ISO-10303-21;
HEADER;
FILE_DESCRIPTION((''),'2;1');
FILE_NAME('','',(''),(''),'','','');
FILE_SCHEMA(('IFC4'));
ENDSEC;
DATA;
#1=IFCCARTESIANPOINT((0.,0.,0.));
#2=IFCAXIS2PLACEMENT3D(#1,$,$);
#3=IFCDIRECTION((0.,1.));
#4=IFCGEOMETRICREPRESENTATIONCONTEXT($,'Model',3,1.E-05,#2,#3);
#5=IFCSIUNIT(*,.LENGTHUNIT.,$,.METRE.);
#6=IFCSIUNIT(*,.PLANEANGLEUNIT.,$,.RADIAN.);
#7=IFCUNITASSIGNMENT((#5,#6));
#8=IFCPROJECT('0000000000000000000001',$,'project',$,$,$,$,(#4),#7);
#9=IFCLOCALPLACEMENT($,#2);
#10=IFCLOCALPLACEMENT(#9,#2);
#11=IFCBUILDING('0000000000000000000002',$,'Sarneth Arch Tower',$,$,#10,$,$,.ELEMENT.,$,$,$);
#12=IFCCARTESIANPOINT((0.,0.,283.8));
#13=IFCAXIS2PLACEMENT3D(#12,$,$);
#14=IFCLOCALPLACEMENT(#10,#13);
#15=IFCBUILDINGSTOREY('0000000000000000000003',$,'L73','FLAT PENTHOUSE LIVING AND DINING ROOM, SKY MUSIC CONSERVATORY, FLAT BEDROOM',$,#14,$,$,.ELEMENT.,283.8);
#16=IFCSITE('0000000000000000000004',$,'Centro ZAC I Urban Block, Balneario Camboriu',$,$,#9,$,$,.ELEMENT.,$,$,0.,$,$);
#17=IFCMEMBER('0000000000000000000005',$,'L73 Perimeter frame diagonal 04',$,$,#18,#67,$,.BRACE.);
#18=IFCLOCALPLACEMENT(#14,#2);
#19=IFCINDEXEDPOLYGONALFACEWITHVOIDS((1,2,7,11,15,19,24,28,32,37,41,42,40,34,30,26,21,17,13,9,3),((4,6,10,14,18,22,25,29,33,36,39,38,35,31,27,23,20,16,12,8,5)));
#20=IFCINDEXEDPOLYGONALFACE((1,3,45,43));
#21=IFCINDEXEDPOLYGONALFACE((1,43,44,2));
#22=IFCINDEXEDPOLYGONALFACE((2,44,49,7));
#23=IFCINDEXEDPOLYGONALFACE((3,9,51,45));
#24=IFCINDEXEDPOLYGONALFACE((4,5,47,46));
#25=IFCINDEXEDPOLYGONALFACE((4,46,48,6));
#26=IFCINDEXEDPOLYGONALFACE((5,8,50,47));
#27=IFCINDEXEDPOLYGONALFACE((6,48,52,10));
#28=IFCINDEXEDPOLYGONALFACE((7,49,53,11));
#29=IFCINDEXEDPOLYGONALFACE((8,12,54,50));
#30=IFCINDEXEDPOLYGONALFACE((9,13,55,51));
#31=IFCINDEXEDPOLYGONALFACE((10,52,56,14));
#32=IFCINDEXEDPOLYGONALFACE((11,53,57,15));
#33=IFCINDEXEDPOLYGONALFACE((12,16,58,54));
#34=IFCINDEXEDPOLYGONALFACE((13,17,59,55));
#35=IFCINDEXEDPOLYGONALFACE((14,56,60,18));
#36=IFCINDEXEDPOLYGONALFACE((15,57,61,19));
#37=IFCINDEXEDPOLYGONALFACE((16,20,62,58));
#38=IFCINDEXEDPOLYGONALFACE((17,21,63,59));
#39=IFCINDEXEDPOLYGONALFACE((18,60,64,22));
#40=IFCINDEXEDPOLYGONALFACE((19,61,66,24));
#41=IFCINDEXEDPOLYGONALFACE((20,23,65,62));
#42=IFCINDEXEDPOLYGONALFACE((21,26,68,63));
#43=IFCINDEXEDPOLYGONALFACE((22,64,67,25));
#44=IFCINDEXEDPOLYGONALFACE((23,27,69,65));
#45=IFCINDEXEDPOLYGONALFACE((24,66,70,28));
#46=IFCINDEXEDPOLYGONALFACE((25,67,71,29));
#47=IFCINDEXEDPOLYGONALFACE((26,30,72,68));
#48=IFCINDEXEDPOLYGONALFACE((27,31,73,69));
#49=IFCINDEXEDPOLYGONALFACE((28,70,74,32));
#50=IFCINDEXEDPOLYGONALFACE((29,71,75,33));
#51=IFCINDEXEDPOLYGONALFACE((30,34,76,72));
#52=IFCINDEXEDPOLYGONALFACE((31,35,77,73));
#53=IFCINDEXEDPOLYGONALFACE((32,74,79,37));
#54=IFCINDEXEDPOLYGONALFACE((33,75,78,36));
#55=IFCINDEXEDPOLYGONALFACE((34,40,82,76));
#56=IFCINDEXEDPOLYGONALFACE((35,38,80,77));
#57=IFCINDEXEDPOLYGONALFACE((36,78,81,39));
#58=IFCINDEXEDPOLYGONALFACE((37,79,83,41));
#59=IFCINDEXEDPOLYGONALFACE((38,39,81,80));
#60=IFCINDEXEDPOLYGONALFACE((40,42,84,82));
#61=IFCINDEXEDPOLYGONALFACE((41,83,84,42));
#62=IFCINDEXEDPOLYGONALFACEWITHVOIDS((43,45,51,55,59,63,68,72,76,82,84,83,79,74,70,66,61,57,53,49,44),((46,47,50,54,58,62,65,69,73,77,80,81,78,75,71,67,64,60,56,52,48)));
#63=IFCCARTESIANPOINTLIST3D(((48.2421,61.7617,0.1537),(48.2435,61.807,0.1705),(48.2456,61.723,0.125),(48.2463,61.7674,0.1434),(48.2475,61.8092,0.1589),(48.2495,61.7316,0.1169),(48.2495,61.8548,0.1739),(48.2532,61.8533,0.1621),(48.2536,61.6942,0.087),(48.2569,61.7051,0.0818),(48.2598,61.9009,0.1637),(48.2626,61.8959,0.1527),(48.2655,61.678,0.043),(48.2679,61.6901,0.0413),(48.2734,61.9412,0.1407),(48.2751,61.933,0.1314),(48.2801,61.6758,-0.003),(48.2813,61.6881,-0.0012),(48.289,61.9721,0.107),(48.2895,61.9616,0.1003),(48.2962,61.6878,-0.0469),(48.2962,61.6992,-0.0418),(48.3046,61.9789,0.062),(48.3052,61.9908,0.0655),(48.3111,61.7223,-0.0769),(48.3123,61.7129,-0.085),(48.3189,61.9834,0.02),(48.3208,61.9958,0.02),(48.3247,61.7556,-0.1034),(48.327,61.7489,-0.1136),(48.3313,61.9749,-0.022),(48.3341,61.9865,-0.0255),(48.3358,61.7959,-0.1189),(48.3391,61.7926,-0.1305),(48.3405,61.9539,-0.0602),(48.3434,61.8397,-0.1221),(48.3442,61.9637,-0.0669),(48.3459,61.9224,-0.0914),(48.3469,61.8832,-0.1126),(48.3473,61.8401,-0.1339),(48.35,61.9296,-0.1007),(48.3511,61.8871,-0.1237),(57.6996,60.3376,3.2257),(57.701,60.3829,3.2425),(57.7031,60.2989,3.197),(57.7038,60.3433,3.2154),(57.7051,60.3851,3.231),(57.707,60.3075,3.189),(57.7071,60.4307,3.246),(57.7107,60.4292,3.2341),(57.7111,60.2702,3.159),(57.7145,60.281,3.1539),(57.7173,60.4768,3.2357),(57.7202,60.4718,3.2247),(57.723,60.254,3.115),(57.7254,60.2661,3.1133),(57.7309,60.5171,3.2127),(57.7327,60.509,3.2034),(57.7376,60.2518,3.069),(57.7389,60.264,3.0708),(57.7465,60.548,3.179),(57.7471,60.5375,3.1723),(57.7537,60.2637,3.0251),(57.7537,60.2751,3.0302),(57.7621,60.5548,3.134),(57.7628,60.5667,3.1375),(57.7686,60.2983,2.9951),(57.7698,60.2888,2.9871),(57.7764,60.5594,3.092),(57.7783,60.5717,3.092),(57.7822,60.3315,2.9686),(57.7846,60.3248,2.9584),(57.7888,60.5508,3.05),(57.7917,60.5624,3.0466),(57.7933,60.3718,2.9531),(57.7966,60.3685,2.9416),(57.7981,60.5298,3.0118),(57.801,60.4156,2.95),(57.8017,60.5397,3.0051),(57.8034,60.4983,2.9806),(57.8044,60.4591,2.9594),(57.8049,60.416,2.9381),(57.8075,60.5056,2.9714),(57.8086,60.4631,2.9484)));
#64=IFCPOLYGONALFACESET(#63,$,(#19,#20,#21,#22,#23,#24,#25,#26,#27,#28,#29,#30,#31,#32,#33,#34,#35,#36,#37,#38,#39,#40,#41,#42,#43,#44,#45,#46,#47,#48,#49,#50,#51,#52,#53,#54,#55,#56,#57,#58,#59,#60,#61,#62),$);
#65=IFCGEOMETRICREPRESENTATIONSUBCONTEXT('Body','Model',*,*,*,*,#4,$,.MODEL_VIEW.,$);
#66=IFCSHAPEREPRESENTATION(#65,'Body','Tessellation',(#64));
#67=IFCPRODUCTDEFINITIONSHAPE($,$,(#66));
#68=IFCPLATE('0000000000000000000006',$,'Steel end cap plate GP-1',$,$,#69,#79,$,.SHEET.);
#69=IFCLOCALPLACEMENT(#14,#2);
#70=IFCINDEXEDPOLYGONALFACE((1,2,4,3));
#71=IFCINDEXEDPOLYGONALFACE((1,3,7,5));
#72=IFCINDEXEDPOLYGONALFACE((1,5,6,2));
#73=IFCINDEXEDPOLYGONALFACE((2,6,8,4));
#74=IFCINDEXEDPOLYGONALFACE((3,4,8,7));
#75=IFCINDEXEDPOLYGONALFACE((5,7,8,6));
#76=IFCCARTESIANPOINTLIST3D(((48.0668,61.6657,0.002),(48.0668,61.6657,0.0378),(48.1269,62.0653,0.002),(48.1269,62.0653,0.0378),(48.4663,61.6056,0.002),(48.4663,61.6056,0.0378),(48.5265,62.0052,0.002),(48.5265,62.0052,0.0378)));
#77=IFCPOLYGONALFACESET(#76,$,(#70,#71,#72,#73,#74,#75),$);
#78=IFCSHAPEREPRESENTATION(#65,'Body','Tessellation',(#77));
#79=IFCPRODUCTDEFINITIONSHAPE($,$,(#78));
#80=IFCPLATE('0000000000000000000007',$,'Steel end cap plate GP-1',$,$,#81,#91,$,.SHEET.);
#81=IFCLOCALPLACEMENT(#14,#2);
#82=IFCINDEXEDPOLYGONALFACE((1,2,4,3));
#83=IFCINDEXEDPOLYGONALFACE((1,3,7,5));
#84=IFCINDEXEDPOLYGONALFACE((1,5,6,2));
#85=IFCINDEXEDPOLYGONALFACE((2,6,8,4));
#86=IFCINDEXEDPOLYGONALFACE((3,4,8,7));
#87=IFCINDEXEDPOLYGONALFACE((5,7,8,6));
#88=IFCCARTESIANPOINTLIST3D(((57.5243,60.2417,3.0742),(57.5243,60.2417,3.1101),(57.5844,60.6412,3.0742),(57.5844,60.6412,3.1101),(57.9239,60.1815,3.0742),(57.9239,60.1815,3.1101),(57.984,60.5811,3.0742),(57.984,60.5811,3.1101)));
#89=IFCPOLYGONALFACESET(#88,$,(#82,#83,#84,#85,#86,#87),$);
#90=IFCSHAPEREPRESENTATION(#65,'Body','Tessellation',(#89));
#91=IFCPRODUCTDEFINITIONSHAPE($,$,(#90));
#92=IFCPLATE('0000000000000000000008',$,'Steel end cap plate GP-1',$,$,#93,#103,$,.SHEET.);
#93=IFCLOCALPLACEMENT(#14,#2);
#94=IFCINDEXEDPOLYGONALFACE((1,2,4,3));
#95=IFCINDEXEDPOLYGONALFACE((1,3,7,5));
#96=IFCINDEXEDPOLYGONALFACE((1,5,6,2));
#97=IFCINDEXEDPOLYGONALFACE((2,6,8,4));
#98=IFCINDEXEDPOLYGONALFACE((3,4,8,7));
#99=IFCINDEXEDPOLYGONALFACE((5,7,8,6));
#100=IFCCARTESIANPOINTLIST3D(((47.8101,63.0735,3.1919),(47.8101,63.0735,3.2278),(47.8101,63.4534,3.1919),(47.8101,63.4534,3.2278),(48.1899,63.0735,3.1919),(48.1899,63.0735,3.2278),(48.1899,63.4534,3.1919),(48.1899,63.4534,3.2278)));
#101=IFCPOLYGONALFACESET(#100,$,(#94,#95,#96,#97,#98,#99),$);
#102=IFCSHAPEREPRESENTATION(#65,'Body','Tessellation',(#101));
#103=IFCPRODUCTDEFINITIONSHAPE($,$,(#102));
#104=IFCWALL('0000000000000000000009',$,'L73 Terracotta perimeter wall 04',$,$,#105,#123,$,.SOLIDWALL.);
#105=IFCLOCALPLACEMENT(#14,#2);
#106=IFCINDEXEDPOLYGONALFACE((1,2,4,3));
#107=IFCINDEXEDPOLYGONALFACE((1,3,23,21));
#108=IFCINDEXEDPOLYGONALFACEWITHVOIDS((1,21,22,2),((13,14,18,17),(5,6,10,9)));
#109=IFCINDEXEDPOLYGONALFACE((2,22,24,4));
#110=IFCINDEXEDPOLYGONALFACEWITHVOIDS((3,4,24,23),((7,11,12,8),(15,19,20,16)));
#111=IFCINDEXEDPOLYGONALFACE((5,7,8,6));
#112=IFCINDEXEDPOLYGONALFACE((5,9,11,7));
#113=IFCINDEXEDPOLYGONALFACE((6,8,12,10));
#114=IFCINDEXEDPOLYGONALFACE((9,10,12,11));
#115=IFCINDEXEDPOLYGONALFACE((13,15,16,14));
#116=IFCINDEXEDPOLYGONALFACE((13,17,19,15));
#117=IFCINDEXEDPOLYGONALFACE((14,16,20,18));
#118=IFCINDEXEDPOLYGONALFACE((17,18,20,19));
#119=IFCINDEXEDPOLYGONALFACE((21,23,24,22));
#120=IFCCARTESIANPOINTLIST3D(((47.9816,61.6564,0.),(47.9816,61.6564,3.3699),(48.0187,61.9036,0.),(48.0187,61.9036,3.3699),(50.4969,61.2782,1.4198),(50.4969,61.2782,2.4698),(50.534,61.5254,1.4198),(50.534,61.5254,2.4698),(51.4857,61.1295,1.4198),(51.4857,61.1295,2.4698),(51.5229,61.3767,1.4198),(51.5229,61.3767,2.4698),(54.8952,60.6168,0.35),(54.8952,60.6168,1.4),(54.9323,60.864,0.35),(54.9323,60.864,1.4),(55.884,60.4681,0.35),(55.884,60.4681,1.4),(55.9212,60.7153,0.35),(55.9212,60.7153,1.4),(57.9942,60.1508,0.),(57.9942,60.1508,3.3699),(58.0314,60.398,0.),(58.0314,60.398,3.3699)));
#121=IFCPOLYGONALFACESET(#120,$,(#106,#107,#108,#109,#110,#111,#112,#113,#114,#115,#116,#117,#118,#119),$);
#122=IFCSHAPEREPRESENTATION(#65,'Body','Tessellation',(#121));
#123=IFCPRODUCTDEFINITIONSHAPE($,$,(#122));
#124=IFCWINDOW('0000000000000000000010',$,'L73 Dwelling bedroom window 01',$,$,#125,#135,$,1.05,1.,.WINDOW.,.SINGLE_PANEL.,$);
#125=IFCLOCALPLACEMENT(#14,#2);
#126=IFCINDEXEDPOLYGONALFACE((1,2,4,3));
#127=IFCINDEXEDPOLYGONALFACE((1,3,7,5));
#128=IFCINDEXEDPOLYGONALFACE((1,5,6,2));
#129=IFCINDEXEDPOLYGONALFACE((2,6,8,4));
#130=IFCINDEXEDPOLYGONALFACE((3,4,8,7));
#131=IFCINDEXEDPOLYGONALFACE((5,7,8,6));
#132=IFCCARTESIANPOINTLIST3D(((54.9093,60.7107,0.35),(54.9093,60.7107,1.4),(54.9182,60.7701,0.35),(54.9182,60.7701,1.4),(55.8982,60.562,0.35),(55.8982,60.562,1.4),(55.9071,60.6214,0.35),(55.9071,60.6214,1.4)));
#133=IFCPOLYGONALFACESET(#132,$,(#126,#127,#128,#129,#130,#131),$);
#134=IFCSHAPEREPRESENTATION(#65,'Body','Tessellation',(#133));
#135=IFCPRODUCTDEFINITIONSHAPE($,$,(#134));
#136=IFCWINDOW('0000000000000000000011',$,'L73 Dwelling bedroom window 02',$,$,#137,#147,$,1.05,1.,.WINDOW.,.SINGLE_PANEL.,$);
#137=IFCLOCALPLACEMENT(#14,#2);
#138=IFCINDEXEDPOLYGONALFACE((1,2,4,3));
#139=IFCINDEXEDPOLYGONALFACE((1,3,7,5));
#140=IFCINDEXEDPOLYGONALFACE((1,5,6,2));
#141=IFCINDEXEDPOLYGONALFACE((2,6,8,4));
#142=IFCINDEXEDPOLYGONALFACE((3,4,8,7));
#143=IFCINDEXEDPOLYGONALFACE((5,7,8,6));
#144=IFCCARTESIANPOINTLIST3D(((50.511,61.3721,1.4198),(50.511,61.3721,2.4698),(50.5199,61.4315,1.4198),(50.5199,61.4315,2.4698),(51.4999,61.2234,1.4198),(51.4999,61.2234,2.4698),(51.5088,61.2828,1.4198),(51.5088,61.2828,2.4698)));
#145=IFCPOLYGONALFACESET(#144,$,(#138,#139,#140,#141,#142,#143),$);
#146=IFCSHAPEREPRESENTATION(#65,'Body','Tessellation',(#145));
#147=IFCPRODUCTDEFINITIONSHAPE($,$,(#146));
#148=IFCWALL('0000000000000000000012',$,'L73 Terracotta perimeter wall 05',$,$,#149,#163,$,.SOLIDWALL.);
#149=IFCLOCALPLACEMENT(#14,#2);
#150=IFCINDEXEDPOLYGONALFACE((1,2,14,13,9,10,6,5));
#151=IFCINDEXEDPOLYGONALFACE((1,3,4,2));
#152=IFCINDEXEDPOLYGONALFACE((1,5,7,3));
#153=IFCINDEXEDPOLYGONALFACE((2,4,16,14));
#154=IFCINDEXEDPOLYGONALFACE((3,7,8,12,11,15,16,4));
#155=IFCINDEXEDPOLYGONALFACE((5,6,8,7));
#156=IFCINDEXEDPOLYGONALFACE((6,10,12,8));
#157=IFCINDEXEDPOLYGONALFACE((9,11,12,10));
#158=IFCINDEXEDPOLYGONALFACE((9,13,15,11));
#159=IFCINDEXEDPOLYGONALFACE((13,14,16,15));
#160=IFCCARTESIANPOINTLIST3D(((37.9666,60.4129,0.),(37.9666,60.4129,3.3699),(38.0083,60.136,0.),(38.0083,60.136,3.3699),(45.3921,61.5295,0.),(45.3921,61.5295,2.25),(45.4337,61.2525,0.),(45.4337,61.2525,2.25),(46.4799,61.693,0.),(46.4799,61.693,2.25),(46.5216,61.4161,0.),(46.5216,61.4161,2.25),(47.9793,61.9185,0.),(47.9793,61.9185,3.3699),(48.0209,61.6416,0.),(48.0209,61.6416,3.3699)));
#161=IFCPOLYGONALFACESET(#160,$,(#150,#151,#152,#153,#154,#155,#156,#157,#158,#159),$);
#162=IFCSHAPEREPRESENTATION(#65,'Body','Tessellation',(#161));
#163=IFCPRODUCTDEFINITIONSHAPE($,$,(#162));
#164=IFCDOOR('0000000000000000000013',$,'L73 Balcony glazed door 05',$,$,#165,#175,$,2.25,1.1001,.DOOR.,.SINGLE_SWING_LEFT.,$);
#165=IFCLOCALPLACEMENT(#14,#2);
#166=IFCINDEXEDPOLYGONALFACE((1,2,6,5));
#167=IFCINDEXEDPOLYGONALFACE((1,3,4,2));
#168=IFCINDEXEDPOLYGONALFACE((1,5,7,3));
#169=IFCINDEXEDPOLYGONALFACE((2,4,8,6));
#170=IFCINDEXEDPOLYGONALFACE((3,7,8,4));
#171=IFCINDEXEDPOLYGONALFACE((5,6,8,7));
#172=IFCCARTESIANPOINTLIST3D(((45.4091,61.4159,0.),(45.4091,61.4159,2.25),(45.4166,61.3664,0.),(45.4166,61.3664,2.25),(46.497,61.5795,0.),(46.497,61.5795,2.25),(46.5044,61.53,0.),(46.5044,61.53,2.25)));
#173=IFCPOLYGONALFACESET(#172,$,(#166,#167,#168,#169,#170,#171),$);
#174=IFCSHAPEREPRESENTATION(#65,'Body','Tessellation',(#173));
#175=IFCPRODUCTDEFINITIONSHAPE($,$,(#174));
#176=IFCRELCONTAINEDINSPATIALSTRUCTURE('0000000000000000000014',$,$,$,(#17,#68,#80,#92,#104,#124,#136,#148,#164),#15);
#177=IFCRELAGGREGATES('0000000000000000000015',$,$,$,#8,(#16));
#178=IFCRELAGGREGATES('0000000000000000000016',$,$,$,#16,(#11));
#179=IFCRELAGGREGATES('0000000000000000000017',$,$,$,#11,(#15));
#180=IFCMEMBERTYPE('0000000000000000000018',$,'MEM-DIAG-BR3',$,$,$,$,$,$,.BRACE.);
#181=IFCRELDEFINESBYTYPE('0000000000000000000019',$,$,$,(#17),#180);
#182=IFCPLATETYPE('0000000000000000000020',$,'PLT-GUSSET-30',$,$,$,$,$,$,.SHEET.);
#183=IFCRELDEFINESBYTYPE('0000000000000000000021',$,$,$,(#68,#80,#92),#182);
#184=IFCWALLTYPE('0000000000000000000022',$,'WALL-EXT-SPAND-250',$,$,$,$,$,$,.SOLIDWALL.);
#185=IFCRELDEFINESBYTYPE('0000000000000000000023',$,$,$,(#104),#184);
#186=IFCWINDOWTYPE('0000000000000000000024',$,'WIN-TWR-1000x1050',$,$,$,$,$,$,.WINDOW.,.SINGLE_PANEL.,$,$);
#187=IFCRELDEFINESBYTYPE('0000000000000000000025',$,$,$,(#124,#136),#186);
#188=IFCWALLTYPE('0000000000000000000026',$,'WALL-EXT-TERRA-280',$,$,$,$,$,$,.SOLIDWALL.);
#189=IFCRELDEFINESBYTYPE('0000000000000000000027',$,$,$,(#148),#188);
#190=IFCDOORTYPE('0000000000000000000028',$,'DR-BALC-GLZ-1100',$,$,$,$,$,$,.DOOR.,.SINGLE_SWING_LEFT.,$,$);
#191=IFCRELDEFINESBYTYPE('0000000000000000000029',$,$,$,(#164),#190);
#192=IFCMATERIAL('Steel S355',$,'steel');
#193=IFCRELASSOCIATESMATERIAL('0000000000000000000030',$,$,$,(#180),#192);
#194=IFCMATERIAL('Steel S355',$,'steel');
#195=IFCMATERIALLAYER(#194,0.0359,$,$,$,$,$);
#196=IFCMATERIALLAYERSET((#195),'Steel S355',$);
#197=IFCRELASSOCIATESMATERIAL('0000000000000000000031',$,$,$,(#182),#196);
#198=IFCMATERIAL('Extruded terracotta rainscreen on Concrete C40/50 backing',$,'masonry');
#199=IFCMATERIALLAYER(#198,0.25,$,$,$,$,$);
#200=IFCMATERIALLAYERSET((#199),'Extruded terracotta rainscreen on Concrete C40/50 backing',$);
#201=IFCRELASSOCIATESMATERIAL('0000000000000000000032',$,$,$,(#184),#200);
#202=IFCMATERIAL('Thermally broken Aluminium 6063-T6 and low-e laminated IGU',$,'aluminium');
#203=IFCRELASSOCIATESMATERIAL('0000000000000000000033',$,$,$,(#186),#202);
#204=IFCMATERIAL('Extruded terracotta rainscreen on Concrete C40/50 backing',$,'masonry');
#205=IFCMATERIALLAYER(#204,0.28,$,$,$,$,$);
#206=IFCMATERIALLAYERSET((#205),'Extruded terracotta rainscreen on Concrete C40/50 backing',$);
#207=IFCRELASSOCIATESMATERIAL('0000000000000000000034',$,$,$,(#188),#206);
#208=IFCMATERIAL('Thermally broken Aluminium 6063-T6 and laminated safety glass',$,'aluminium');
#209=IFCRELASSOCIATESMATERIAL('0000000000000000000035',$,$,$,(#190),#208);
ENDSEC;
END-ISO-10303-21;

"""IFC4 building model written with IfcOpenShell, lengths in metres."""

from ifc_helpers import new_model, si_unit, direction, frame, frame_2d, origin, origin_2d, place, context, subcontext, project, spatial, rectangle, hollow_circle, extrude, material, layer, layer_set, material_profile, profile_set, type_object, element, fill, save


model = new_model("IFC4")

# Units and contexts
model_context = context("Model", 3, precision=1e-05, world=origin(), true_north=direction((0.0, 1.0)))
body_context = subcontext(model_context, "Body", "Model", "MODEL_VIEW")
ifc_project = project(units=[si_unit("LENGTHUNIT", "METRE"), si_unit("PLANEANGLEUNIT", "RADIAN")], contexts=[model_context])

# Site, building, storey
site_placement = place(None, origin())
site = spatial("IfcSite", under=ifc_project, at=site_placement, Name="Centro ZAC I Urban Block, Balneario Camboriu", CompositionType="ELEMENT", RefElevation=0.0)
building_placement = place(site_placement, origin())
building = spatial("IfcBuilding", under=site, at=building_placement, Name="Sarneth Arch Tower", CompositionType="ELEMENT")
storey_placement = place(building_placement, frame((0.0, 0.0, 283.8)))
storey = spatial("IfcBuildingStorey", under=building, at=storey_placement, Name="L73", Description="FLAT PENTHOUSE LIVING AND DINING ROOM, SKY MUSIC CONSERVATORY, FLAT BEDROOM", CompositionType="ELEMENT", Elevation=283.8)

# Member
ifc_material_1 = material(Name="Steel S355", Category="steel")
ifc_material_profile_1 = material_profile(ifc_material_1, hollow_circle(Radius=0.1621, WallThickness=0.0125, at=origin_2d()), Name="CHS324x12.5")
ifc_profile_set_1 = profile_set([ifc_material_profile_1], Name="Steel S355")
member_type_1 = type_object("IfcMemberType", Name="MEM-DIAG-BR3", PredefinedType="BRACE", material=ifc_profile_set_1)
member_1_placement = place(storey_placement, frame((48.2966, 61.8354, 0.02), z_axis=(0.941478, -0.141764, 0.305814), x_axis=(0.148897, 0.988853, 0.0)))
element("IfcMember", 1, at=member_1_placement, inside=storey, type_object=member_type_1, Name="L73 Perimeter frame diagonal 04", PredefinedType="BRACE", context=body_context, shape_type="SweptSolid", body=[
    extrude(hollow_circle(Radius=0.1621, WallThickness=0.0125, at=origin_2d()), origin(), (0.0, 0.0, 1.0), 10.0454),
])

# Plates
ifc_material_2 = material(Name="Steel S355", Category="steel")
ifc_layer_1 = layer(ifc_material_2, 0.0359)
ifc_layer_set_1 = layer_set([ifc_layer_1], Name="Steel S355")
plate_type = type_object("IfcPlateType", Name="PLT-GUSSET-30", PredefinedType="SHEET", material=ifc_layer_set_1)
for number, where, z_axis, x_axis, name in (
    (2, (48.2966, 61.8354, 0.002), (0.0, 0.0, 1.0), (-0.988861, 0.148845, 0.0), "Steel end cap plate GP-1"),
    (3, (57.7542, 60.4114, 3.0742), (0.0, 0.0, 1.0), (-0.988861, 0.148845, 0.0), "Steel end cap plate GP-1"),
):
    element("IfcPlate", number, at=place(storey_placement, frame(where, z_axis=z_axis, x_axis=x_axis)), inside=storey, type_object=plate_type, Name=name, PredefinedType="SHEET", context=body_context, shape_type="SweptSolid", body=[
        extrude(rectangle(XDim=0.4041, YDim=0.4041, at=origin_2d()), origin(), (0.0, 0.0, 1.0), 0.0359),
    ])
plate_placement = place(storey_placement, frame((48.0, 63.2634, 3.1919), z_axis=(0.0, 0.0, 1.0), x_axis=(0.0, 1.0, 0.0)))
element("IfcPlate", 4, at=plate_placement, inside=storey, type_object=plate_type, Name="Steel end cap plate GP-1", PredefinedType="SHEET", context=body_context, shape_type="SweptSolid", body=[
    extrude(rectangle(XDim=0.3799, YDim=0.3799, at=origin_2d()), origin(), (0.0, 0.0, 1.0), 0.0359),
])

# Wall, openings, windows
ifc_material_3 = material(Name="Extruded terracotta rainscreen on Concrete C40/50 backing", Category="masonry")
ifc_layer_2 = layer(ifc_material_3, 0.25)
ifc_layer_set_2 = layer_set([ifc_layer_2], Name="Extruded terracotta rainscreen on Concrete C40/50 backing")
wall_type_1 = type_object("IfcWallType", Name="WALL-EXT-SPAND-250", PredefinedType="SOLIDWALL", material=ifc_layer_set_2)
wall_1_placement = place(storey_placement, frame((58.0127, 60.2744, 0.0), z_axis=(0.0, 0.0, 1.0), x_axis=(-0.988883, 0.148699, 0.0)))
wall_1 = element("IfcWall", 5, at=wall_1_placement, inside=storey, type_object=wall_type_1, Name="L73 Terracotta perimeter wall 04", PredefinedType="SOLIDWALL", context=body_context, shape_type="SweptSolid", body=[
    extrude(rectangle(XDim=10.1252, YDim=0.25, at=frame_2d((5.0625, 0.0))), origin(), (0.0, 0.0, 1.0), 3.3699),
])
opening_1_placement = place(wall_1_placement, frame((2.1338, 0.0, 0.3501)))
opening_1 = element("IfcOpeningElement", 6, at=opening_1_placement, cuts=wall_1, PredefinedType="OPENING", context=body_context, shape_type="SweptSolid", body=[
    extrude(rectangle(XDim=1.0, YDim=1.05, at=frame_2d((0.5, 0.5249))), frame((0.0, 0.135, 0.0), z_axis=(0.0, -1.0, 0.0), x_axis=(1.0, 0.0, 0.0)), (0.0, 0.0, 1.0), 0.27),
])
opening_2_placement = place(wall_1_placement, frame((6.5815, 0.0, 1.4199)))
opening_2 = element("IfcOpeningElement", 7, at=opening_2_placement, cuts=wall_1, PredefinedType="OPENING", context=body_context, shape_type="SweptSolid", body=[
    extrude(rectangle(XDim=1.0, YDim=1.05, at=frame_2d((0.5, 0.5249))), frame((0.0, 0.135, 0.0), z_axis=(0.0, -1.0, 0.0), x_axis=(1.0, 0.0, 0.0)), (0.0, 0.0, 1.0), 0.27),
])
ifc_material_4 = material(Name="Thermally broken Aluminium 6063-T6 and low-e laminated IGU", Category="aluminium")
window_type = type_object("IfcWindowType", Name="WIN-TWR-1000x1050", PartitioningType="SINGLE_PANEL", PredefinedType="WINDOW", material=ifc_material_4)
window_1_placement = place(opening_1_placement, origin())
window_1 = element("IfcWindow", 8, at=window_1_placement, inside=storey, type_object=window_type, Name="L73 Dwelling bedroom window 01", OverallHeight=1.05, OverallWidth=1.0, PartitioningType="SINGLE_PANEL", PredefinedType="WINDOW", context=body_context, shape_type="SweptSolid", body=[
    extrude(rectangle(XDim=1.0, YDim=1.05, at=frame_2d((0.5, 0.5249))), frame((0.0, 0.03, 0.0), z_axis=(0.0, -1.0, 0.0), x_axis=(1.0, 0.0, 0.0)), (0.0, 0.0, 1.0), 0.0601),
])
fill(opening_1, window_1)
window_2_placement = place(opening_2_placement, origin())
window_2 = element("IfcWindow", 9, at=window_2_placement, inside=storey, type_object=window_type, Name="L73 Dwelling bedroom window 02", OverallHeight=1.05, OverallWidth=1.0, PartitioningType="SINGLE_PANEL", PredefinedType="WINDOW", context=body_context, shape_type="SweptSolid", body=[
    extrude(rectangle(XDim=1.0, YDim=1.05, at=frame_2d((0.5, 0.5249))), frame((0.0, 0.03, 0.0), z_axis=(0.0, -1.0, 0.0), x_axis=(1.0, 0.0, 0.0)), (0.0, 0.0, 1.0), 0.0601),
])
fill(opening_2, window_2)

# Wall, opening, door
ifc_material_5 = material(Name="Extruded terracotta rainscreen on Concrete C40/50 backing", Category="masonry")
ifc_layer_3 = layer(ifc_material_5, 0.28)
ifc_layer_set_3 = layer_set([ifc_layer_3], Name="Extruded terracotta rainscreen on Concrete C40/50 backing")
wall_type_2 = type_object("IfcWallType", Name="WALL-EXT-TERRA-280", PredefinedType="SOLIDWALL", material=ifc_layer_set_3)
wall_2_placement = place(storey_placement, frame((48.0, 61.78, 0.0), z_axis=(0.0, 0.0, 1.0), x_axis=(-0.988883, -0.148699, 0.0)))
wall_2 = element("IfcWall", 10, at=wall_2_placement, inside=storey, type_object=wall_type_2, Name="L73 Terracotta perimeter wall 05", PredefinedType="SOLIDWALL", context=body_context, shape_type="SweptSolid", body=[
    extrude(rectangle(XDim=10.1252, YDim=0.28, at=frame_2d((5.0625, 0.0))), origin(), (0.0, 0.0, 1.0), 3.3699),
])
opening_3_placement = place(wall_2_placement, frame((1.5161, 0.0, 0.0)))
opening_3 = element("IfcOpeningElement", 11, at=opening_3_placement, cuts=wall_2, PredefinedType="OPENING", context=body_context, shape_type="SweptSolid", body=[
    extrude(rectangle(XDim=1.1001, YDim=2.25, at=frame_2d((0.55, 1.125))), frame((0.0, 0.1499, 0.0), z_axis=(0.0, -1.0, 0.0), x_axis=(1.0, 0.0, 0.0)), (0.0, 0.0, 1.0), 0.3),
])
ifc_material_6 = material(Name="Thermally broken Aluminium 6063-T6 and laminated safety glass", Category="aluminium")
door_type_1 = type_object("IfcDoorType", Name="DR-BALC-GLZ-1100", OperationType="SINGLE_SWING_LEFT", PredefinedType="DOOR", material=ifc_material_6)
door_1_placement = place(opening_3_placement, origin())
door_1 = element("IfcDoor", 12, at=door_1_placement, inside=storey, type_object=door_type_1, Name="L73 Balcony glazed door 05", OperationType="SINGLE_SWING_LEFT", OverallHeight=2.25, OverallWidth=1.1001, PredefinedType="DOOR", context=body_context, shape_type="SweptSolid", body=[
    extrude(rectangle(XDim=1.1001, YDim=2.25, at=frame_2d((0.55, 1.125))), frame((0.0, 0.0249, 0.0), z_axis=(0.0, -1.0, 0.0), x_axis=(1.0, 0.0, 0.0)), (0.0, 0.0, 1.0), 0.05),
])
fill(opening_3, door_1)

save(model, "model.ifc")
